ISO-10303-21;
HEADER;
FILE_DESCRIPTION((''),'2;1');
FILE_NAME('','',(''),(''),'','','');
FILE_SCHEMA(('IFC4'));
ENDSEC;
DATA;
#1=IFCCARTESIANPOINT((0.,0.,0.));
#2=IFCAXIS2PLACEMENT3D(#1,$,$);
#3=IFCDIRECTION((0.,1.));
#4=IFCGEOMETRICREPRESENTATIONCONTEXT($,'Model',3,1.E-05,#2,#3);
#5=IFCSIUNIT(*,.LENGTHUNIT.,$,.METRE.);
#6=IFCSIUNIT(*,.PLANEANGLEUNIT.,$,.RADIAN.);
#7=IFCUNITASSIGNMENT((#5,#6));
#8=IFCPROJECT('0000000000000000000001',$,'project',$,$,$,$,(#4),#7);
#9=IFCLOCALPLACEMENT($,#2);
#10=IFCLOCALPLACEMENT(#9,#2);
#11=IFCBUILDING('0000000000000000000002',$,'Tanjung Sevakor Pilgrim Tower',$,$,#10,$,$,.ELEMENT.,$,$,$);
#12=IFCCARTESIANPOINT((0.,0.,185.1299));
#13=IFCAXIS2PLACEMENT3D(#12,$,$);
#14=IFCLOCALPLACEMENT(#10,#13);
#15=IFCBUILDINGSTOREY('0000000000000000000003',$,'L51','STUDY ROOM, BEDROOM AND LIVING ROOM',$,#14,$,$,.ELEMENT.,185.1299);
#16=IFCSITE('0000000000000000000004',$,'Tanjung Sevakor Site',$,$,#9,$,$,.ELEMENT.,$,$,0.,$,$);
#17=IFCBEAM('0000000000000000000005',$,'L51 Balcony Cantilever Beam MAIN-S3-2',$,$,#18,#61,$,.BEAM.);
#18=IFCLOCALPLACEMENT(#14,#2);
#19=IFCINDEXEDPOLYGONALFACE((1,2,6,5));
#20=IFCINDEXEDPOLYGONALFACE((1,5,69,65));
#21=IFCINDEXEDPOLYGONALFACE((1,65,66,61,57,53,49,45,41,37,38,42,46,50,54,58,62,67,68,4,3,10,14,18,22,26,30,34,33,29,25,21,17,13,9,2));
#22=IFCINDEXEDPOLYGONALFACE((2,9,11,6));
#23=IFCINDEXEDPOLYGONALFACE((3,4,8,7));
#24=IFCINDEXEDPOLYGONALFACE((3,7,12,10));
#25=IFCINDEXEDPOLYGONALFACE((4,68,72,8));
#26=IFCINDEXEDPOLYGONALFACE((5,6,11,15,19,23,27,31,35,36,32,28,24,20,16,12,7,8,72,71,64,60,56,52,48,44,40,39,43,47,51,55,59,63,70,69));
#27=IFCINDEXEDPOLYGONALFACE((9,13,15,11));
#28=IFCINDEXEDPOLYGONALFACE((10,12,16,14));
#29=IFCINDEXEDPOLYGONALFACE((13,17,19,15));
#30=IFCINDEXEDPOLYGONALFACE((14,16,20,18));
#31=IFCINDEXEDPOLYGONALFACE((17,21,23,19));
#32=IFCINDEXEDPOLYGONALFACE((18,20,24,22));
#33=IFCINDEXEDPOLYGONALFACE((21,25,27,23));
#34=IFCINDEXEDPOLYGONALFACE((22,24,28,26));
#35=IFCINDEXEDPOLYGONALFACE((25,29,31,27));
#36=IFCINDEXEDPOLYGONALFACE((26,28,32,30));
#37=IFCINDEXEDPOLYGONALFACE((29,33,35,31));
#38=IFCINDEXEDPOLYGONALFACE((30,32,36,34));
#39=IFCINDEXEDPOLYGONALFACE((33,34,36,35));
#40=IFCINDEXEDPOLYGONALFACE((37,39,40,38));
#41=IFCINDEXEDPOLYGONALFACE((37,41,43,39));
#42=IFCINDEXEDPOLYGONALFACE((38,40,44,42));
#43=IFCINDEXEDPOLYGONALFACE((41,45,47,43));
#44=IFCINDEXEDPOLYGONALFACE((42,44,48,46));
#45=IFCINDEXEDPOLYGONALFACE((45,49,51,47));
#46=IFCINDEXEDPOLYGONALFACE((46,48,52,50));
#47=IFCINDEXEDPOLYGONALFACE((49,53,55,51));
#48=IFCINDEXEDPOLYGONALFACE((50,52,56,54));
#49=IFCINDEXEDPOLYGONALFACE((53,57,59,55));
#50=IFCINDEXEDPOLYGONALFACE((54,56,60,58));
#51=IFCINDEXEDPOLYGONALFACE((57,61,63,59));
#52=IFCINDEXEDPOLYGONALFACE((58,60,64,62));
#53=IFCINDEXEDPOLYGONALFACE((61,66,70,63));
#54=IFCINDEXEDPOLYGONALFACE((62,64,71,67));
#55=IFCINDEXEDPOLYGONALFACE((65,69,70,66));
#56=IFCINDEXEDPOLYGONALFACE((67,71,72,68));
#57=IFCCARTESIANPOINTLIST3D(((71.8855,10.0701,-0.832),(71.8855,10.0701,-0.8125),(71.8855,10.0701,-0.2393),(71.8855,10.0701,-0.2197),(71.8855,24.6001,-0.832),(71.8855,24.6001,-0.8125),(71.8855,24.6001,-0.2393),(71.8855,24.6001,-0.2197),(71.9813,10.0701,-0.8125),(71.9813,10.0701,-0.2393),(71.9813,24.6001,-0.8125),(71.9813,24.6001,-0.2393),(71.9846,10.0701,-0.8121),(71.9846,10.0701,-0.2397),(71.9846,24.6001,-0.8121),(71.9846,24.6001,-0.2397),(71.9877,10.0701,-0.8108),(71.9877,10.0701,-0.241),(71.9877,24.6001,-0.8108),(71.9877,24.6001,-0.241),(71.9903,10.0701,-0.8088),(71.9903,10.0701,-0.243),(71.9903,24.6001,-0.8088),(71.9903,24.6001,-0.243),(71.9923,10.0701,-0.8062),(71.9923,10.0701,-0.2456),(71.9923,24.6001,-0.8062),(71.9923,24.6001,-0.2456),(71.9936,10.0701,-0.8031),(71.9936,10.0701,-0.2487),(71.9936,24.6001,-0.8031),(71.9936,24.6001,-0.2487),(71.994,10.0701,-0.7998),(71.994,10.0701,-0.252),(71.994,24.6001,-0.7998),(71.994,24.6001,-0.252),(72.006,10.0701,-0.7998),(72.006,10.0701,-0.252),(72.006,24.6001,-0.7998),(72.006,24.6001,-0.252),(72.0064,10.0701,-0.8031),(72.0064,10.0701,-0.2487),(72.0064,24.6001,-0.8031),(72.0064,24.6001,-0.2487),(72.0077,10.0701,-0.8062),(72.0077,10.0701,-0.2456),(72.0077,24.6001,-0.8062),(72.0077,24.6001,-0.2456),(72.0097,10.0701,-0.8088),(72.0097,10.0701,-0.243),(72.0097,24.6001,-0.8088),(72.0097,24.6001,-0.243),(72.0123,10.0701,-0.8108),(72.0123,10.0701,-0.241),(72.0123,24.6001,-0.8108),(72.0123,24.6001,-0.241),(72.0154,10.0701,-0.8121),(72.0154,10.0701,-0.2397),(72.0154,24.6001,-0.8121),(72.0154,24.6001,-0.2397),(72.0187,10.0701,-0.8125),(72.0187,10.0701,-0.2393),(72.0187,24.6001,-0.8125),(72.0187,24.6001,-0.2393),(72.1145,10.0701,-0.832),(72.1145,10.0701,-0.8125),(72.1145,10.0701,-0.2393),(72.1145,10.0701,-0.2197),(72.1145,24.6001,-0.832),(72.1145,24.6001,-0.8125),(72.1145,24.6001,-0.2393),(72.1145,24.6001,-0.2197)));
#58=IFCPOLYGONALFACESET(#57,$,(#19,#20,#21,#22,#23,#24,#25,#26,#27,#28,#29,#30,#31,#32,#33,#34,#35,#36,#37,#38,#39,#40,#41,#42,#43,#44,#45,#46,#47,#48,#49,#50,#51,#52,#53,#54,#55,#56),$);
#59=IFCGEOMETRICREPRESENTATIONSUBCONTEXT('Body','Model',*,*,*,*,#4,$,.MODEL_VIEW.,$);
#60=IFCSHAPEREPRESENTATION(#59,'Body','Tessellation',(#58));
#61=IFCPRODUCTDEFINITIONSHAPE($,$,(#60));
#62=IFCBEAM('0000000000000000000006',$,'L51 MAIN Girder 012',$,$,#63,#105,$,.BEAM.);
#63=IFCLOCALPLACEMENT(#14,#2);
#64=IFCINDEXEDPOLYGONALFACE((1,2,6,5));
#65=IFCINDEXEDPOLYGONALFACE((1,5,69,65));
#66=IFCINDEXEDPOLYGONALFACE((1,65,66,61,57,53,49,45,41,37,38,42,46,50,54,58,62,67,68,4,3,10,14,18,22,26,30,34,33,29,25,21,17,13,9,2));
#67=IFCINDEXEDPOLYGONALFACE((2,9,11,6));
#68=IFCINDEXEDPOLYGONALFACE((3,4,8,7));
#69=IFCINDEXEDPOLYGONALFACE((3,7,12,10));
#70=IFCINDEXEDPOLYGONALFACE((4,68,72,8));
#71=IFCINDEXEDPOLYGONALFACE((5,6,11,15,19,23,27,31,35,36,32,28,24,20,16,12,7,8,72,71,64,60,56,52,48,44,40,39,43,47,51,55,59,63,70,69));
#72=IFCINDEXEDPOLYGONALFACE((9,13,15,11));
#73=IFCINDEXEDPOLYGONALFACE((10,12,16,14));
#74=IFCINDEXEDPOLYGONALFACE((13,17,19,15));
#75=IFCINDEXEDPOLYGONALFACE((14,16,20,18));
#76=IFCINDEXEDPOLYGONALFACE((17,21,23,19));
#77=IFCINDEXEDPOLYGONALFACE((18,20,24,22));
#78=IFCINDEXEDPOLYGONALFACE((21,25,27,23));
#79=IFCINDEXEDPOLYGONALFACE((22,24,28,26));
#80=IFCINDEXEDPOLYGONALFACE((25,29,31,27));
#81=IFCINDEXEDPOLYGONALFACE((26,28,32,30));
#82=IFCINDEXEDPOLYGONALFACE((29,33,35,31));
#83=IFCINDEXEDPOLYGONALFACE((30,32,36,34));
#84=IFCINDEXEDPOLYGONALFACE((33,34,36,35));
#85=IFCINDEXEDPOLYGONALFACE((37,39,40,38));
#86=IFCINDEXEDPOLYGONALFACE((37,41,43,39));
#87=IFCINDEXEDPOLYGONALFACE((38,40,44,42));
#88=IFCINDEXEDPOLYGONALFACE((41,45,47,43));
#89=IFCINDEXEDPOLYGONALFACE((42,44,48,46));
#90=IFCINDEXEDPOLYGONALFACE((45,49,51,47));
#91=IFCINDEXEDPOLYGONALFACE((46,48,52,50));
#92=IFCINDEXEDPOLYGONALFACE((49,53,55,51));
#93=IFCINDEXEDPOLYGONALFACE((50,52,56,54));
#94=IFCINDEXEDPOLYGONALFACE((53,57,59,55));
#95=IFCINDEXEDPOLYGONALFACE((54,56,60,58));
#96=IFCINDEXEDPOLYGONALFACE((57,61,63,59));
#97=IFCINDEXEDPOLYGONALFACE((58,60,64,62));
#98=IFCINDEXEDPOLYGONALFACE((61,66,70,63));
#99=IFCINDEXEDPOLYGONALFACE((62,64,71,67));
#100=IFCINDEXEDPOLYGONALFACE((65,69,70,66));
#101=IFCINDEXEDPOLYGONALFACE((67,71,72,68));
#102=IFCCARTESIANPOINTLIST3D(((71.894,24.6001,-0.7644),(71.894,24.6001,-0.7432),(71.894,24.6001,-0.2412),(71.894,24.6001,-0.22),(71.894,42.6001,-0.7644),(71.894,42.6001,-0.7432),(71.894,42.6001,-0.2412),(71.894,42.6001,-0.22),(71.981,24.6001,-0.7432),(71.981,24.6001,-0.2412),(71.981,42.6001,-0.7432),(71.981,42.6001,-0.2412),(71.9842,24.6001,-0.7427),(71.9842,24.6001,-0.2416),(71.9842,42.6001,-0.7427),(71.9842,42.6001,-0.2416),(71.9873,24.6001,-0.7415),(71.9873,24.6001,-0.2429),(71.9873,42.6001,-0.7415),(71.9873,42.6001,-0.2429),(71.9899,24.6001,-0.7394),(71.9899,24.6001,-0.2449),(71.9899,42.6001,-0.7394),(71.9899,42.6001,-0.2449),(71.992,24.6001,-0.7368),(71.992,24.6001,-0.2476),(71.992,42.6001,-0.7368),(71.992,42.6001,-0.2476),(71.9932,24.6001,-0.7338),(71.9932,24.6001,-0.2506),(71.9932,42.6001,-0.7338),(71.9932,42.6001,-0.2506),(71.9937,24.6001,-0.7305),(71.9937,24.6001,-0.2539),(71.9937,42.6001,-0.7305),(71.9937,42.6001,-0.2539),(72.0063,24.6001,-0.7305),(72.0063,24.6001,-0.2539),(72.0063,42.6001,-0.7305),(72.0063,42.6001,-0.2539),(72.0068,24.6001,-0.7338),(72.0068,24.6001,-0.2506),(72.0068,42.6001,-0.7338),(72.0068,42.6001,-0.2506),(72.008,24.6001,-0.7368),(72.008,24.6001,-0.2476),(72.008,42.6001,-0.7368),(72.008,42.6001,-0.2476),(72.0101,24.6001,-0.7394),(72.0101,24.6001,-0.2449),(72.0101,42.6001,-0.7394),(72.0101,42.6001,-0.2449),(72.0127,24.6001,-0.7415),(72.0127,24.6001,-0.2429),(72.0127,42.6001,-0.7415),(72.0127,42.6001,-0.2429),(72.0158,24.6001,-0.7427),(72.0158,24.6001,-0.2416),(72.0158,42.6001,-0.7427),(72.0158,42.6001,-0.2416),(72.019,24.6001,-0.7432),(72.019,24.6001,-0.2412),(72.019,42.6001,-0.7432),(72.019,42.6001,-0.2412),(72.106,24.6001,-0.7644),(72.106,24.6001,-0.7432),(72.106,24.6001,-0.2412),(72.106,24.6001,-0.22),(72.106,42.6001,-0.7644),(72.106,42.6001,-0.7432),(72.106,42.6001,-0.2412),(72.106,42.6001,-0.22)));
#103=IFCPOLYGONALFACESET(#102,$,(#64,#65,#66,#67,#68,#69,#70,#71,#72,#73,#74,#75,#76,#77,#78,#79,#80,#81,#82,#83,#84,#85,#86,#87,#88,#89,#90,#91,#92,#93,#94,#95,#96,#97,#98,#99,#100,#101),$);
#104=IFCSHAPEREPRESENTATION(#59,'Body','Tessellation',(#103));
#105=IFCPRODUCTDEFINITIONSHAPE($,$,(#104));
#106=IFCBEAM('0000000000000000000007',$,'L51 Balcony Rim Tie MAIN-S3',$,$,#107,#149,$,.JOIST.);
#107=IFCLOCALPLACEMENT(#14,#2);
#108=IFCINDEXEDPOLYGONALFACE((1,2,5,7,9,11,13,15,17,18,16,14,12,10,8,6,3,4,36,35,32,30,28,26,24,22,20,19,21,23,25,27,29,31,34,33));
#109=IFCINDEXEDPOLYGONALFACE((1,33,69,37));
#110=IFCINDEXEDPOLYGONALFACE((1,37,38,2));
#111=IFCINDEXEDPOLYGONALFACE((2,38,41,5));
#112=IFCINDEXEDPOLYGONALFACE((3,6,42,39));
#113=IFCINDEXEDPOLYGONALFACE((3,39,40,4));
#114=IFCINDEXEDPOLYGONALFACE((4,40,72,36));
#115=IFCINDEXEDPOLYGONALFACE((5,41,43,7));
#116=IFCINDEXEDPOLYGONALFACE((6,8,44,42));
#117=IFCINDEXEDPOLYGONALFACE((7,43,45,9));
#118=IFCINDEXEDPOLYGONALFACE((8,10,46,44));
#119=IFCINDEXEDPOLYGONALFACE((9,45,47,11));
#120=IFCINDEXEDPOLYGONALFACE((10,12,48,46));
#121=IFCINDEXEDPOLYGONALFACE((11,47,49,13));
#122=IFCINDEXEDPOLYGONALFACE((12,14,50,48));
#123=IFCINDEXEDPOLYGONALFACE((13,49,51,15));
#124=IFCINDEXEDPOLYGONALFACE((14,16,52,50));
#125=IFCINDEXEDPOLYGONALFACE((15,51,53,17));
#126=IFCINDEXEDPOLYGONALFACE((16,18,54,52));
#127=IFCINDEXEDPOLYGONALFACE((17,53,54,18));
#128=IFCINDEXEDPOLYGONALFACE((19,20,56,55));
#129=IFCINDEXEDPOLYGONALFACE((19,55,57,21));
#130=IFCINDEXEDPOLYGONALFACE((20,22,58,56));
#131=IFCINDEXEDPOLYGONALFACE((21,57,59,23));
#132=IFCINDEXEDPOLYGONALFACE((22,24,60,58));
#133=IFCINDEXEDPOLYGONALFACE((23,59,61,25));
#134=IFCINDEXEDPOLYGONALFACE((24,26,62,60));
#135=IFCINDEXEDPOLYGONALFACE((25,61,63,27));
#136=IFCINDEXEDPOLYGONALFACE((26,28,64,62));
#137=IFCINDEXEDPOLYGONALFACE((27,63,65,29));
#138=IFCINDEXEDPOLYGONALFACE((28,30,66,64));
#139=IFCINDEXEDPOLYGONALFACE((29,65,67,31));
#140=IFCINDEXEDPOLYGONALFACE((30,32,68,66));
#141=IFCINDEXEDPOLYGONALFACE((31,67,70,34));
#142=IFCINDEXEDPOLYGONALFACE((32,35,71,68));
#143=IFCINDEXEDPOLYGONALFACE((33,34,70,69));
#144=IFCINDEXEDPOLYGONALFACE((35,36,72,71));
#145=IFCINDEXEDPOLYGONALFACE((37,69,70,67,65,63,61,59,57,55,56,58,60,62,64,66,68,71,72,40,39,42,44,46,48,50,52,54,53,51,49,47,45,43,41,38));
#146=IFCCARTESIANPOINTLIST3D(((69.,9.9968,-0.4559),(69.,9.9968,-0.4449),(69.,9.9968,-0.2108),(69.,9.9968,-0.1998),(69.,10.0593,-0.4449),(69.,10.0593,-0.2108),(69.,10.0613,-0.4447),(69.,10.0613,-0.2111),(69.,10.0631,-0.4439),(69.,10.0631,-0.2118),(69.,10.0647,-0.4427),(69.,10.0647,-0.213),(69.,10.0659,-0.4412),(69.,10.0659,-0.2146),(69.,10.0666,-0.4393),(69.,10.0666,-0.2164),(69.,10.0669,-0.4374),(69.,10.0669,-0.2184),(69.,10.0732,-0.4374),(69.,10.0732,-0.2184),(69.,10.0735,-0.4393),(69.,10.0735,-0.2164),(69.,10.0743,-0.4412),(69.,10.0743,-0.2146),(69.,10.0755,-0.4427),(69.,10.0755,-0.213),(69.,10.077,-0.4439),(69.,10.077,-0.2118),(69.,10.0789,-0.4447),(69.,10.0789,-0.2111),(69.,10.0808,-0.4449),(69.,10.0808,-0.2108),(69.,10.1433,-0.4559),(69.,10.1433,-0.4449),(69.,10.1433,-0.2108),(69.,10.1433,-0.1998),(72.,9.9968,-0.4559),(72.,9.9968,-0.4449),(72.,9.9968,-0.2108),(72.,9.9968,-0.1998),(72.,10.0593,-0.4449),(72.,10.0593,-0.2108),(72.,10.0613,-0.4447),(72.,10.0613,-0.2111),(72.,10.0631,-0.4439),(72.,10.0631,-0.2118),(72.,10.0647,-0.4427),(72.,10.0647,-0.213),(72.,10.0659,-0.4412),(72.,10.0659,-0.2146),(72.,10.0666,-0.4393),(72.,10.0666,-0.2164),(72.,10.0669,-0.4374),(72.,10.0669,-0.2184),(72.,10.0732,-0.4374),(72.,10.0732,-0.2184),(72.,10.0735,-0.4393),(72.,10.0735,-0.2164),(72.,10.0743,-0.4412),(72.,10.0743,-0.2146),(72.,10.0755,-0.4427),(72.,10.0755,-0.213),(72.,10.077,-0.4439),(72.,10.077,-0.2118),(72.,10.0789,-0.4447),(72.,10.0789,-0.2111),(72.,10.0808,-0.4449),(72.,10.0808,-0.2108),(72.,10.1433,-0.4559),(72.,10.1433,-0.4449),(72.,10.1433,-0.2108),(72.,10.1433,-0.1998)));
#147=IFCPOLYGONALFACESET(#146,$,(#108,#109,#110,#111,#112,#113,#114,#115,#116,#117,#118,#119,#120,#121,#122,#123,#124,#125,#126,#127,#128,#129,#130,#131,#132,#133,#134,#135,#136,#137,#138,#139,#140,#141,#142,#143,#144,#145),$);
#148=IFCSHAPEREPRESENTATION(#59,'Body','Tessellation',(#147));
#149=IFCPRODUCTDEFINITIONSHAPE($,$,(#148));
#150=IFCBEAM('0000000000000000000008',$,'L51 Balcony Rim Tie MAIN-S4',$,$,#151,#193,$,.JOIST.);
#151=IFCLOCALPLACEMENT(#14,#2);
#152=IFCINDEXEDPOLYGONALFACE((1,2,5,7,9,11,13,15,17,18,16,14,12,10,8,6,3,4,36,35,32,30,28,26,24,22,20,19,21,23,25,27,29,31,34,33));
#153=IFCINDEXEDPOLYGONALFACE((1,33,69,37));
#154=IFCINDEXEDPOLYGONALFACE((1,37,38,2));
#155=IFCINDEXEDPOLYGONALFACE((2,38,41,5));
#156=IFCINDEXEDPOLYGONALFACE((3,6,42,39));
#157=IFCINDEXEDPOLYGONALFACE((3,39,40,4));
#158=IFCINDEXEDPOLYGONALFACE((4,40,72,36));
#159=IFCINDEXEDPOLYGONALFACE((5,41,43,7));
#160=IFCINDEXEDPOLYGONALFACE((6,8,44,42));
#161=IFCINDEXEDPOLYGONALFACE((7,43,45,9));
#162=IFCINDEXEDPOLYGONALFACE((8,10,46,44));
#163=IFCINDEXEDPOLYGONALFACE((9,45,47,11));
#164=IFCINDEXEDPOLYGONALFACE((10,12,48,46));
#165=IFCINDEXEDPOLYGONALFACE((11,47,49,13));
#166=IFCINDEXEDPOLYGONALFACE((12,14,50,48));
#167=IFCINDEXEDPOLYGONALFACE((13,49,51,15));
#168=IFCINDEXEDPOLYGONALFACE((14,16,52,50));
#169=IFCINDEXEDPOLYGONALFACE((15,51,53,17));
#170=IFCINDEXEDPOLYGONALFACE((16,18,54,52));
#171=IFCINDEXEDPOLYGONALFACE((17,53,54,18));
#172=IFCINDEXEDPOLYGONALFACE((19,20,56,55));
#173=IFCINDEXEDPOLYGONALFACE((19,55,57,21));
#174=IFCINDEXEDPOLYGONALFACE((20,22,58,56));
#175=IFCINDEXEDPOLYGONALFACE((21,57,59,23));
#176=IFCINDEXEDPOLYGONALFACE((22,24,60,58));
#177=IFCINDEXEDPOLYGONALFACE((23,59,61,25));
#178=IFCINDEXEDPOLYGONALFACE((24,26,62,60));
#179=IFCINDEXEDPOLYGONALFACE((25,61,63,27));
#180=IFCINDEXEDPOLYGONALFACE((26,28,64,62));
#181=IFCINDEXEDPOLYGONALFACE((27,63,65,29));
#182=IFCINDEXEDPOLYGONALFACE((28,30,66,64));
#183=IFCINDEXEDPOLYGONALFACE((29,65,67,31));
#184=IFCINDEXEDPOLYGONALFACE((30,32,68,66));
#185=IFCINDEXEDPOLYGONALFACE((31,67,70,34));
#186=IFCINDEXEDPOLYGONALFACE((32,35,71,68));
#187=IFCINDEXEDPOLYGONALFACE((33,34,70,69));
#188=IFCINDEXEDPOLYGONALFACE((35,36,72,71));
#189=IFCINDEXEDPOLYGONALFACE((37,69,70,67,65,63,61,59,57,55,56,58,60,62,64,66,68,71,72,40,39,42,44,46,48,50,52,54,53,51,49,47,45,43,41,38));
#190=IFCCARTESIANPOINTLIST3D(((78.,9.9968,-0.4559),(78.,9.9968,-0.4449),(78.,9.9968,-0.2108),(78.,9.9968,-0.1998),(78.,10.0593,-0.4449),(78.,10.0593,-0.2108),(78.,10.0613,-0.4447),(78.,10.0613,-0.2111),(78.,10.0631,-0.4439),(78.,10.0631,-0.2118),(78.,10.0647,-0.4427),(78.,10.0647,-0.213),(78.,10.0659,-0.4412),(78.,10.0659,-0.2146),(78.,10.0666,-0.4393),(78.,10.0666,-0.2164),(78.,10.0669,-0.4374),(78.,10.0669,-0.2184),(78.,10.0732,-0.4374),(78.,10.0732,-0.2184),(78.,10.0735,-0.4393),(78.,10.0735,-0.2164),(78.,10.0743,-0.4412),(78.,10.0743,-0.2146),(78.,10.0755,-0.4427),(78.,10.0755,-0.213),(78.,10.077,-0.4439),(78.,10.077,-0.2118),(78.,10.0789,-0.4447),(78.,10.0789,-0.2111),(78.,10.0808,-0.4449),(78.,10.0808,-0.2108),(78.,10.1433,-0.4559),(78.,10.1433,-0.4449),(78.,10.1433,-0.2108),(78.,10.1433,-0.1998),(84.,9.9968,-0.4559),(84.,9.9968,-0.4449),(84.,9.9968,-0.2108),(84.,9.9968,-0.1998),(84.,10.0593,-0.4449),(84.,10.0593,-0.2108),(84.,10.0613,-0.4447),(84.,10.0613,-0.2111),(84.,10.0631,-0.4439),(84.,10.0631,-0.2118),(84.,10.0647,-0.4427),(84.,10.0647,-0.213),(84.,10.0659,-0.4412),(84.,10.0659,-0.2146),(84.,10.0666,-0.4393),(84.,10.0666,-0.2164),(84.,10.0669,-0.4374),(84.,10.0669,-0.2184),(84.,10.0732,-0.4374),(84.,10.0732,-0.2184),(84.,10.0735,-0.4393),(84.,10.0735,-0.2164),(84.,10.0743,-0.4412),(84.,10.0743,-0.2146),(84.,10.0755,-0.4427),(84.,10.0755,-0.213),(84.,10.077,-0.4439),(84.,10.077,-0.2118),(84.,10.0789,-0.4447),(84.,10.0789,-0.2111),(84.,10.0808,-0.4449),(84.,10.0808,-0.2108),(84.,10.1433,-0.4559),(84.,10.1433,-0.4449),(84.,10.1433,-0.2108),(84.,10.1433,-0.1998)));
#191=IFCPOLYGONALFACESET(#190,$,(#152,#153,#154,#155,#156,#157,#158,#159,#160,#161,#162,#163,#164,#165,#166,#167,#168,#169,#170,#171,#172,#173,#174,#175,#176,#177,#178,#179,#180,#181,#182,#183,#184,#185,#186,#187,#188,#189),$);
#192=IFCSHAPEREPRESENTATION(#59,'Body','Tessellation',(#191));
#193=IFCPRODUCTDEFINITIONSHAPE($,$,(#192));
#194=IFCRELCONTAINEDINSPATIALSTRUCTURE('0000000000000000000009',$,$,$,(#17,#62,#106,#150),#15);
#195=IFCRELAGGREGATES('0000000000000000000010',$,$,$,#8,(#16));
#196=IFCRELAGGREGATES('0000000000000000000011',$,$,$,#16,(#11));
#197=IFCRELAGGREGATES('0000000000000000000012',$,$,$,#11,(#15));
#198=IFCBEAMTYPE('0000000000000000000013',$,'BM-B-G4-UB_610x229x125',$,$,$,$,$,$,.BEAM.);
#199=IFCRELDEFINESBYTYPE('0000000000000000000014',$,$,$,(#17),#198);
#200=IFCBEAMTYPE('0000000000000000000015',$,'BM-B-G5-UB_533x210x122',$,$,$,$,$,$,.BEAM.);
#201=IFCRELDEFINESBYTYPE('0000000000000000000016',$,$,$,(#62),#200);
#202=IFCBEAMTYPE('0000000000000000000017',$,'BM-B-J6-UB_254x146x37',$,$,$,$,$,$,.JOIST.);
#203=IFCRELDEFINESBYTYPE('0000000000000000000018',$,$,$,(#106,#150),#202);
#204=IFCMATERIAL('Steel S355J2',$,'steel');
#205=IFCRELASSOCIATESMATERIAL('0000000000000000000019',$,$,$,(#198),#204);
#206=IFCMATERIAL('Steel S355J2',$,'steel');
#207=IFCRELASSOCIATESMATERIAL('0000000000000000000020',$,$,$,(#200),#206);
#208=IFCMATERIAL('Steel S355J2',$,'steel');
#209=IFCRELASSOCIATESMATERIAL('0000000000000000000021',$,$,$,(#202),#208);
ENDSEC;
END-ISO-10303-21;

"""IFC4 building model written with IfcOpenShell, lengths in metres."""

from ifc_helpers import new_model, si_unit, direction, frame, origin, origin_2d, place, context, subcontext, project, spatial, i_section, extrude, material, material_profile, profile_set, type_object, element, save


model = new_model("IFC4")

# Units and contexts
model_context = context("Model", 3, precision=1e-05, world=origin(), true_north=direction((0.0, 1.0)))
body_context = subcontext(model_context, "Body", "Model", "MODEL_VIEW")
ifc_project = project(units=[si_unit("LENGTHUNIT", "METRE"), si_unit("PLANEANGLEUNIT", "RADIAN")], contexts=[model_context])

# Site, building, storey
site_placement = place(None, origin())
site = spatial("IfcSite", under=ifc_project, at=site_placement, Name="Tanjung Sevakor Site", CompositionType="ELEMENT", RefElevation=0.0)
building_placement = place(site_placement, origin())
building = spatial("IfcBuilding", under=site, at=building_placement, Name="Tanjung Sevakor Pilgrim Tower", CompositionType="ELEMENT")
storey_placement = place(building_placement, frame((0.0, 0.0, 185.1299)))
storey = spatial("IfcBuildingStorey", under=building, at=storey_placement, Name="L51", Description="STUDY ROOM, BEDROOM AND LIVING ROOM", CompositionType="ELEMENT", Elevation=185.1299)

# Beams
ifc_material_1 = material(Name="Steel S355J2", Category="steel")
ifc_material_profile_1 = material_profile(ifc_material_1, i_section(OverallWidth=0.229, OverallDepth=0.6123, WebThickness=0.012, FlangeThickness=0.0195, FilletRadius=0.0127, at=origin_2d()))
ifc_profile_set_1 = profile_set([ifc_material_profile_1], Name="Steel S355J2")
beam_type_1 = type_object("IfcBeamType", Name="BM-B-G4-UB_610x229x125", PredefinedType="BEAM", material=ifc_profile_set_1)
beam_1_placement = place(storey_placement, frame((72.0, 24.6001, -0.5259), z_axis=(0.0, -1.0, 0.0), x_axis=(1.0, 0.0, 0.0)))
element("IfcBeam", 1, at=beam_1_placement, inside=storey, type_object=beam_type_1, Name="L51 Balcony Cantilever Beam MAIN-S3-2", PredefinedType="BEAM", context=body_context, shape_type="SweptSolid", body=[
    extrude(i_section(OverallWidth=0.229, OverallDepth=0.6123, WebThickness=0.012, FlangeThickness=0.0195, FilletRadius=0.0127, at=origin_2d()), origin(), (0.0, 0.0, 1.0), 14.53),
])
ifc_material_2 = material(Name="Steel S355J2", Category="steel")
ifc_material_profile_2 = material_profile(ifc_material_2, i_section(OverallWidth=0.2119, OverallDepth=0.5444, WebThickness=0.0127, FlangeThickness=0.0212, FilletRadius=0.0127, at=origin_2d()))
ifc_profile_set_2 = profile_set([ifc_material_profile_2], Name="Steel S355J2")
beam_type_2 = type_object("IfcBeamType", Name="BM-B-G5-UB_533x210x122", PredefinedType="BEAM", material=ifc_profile_set_2)
beam_2_placement = place(storey_placement, frame((72.0, 24.6001, -0.4922), z_axis=(0.0, 1.0, 0.0), x_axis=(-1.0, 0.0, 0.0)))
element("IfcBeam", 2, at=beam_2_placement, inside=storey, type_object=beam_type_2, Name="L51 MAIN Girder 012", PredefinedType="BEAM", context=body_context, shape_type="SweptSolid", body=[
    extrude(i_section(OverallWidth=0.2119, OverallDepth=0.5444, WebThickness=0.0127, FlangeThickness=0.0212, FilletRadius=0.0127, at=origin_2d()), origin(), (0.0, 0.0, 1.0), 18.0),
])
ifc_material_3 = material(Name="Steel S355J2", Category="steel")
ifc_material_profile_3 = material_profile(ifc_material_3, i_section(OverallWidth=0.1465, OverallDepth=0.2561, WebThickness=0.0063, FlangeThickness=0.011, FilletRadius=0.0076, at=origin_2d()))
ifc_profile_set_3 = profile_set([ifc_material_profile_3], Name="Steel S355J2")
beam_type_3 = type_object("IfcBeamType", Name="BM-B-J6-UB_254x146x37", PredefinedType="JOIST", material=ifc_profile_set_3)
beam_3_placement = place(storey_placement, frame((69.0, 10.0701, -0.3279), z_axis=(1.0, 0.0, 0.0), x_axis=(0.0, 1.0, 0.0)))
element("IfcBeam", 3, at=beam_3_placement, inside=storey, type_object=beam_type_3, Name="L51 Balcony Rim Tie MAIN-S3", PredefinedType="JOIST", context=body_context, shape_type="SweptSolid", body=[
    extrude(i_section(OverallWidth=0.1465, OverallDepth=0.2561, WebThickness=0.0063, FlangeThickness=0.011, FilletRadius=0.0076, at=origin_2d()), origin(), (0.0, 0.0, 1.0), 3.0),
])
beam_4_placement = place(storey_placement, frame((78.0, 10.0701, -0.3279), z_axis=(1.0, 0.0, 0.0), x_axis=(0.0, 1.0, 0.0)))
element("IfcBeam", 4, at=beam_4_placement, inside=storey, type_object=beam_type_3, Name="L51 Balcony Rim Tie MAIN-S4", PredefinedType="JOIST", context=body_context, shape_type="SweptSolid", body=[
    extrude(i_section(OverallWidth=0.1465, OverallDepth=0.2561, WebThickness=0.0063, FlangeThickness=0.011, FilletRadius=0.0076, at=origin_2d()), origin(), (0.0, 0.0, 1.0), 6.0),
])

save(model, "model.ifc")
